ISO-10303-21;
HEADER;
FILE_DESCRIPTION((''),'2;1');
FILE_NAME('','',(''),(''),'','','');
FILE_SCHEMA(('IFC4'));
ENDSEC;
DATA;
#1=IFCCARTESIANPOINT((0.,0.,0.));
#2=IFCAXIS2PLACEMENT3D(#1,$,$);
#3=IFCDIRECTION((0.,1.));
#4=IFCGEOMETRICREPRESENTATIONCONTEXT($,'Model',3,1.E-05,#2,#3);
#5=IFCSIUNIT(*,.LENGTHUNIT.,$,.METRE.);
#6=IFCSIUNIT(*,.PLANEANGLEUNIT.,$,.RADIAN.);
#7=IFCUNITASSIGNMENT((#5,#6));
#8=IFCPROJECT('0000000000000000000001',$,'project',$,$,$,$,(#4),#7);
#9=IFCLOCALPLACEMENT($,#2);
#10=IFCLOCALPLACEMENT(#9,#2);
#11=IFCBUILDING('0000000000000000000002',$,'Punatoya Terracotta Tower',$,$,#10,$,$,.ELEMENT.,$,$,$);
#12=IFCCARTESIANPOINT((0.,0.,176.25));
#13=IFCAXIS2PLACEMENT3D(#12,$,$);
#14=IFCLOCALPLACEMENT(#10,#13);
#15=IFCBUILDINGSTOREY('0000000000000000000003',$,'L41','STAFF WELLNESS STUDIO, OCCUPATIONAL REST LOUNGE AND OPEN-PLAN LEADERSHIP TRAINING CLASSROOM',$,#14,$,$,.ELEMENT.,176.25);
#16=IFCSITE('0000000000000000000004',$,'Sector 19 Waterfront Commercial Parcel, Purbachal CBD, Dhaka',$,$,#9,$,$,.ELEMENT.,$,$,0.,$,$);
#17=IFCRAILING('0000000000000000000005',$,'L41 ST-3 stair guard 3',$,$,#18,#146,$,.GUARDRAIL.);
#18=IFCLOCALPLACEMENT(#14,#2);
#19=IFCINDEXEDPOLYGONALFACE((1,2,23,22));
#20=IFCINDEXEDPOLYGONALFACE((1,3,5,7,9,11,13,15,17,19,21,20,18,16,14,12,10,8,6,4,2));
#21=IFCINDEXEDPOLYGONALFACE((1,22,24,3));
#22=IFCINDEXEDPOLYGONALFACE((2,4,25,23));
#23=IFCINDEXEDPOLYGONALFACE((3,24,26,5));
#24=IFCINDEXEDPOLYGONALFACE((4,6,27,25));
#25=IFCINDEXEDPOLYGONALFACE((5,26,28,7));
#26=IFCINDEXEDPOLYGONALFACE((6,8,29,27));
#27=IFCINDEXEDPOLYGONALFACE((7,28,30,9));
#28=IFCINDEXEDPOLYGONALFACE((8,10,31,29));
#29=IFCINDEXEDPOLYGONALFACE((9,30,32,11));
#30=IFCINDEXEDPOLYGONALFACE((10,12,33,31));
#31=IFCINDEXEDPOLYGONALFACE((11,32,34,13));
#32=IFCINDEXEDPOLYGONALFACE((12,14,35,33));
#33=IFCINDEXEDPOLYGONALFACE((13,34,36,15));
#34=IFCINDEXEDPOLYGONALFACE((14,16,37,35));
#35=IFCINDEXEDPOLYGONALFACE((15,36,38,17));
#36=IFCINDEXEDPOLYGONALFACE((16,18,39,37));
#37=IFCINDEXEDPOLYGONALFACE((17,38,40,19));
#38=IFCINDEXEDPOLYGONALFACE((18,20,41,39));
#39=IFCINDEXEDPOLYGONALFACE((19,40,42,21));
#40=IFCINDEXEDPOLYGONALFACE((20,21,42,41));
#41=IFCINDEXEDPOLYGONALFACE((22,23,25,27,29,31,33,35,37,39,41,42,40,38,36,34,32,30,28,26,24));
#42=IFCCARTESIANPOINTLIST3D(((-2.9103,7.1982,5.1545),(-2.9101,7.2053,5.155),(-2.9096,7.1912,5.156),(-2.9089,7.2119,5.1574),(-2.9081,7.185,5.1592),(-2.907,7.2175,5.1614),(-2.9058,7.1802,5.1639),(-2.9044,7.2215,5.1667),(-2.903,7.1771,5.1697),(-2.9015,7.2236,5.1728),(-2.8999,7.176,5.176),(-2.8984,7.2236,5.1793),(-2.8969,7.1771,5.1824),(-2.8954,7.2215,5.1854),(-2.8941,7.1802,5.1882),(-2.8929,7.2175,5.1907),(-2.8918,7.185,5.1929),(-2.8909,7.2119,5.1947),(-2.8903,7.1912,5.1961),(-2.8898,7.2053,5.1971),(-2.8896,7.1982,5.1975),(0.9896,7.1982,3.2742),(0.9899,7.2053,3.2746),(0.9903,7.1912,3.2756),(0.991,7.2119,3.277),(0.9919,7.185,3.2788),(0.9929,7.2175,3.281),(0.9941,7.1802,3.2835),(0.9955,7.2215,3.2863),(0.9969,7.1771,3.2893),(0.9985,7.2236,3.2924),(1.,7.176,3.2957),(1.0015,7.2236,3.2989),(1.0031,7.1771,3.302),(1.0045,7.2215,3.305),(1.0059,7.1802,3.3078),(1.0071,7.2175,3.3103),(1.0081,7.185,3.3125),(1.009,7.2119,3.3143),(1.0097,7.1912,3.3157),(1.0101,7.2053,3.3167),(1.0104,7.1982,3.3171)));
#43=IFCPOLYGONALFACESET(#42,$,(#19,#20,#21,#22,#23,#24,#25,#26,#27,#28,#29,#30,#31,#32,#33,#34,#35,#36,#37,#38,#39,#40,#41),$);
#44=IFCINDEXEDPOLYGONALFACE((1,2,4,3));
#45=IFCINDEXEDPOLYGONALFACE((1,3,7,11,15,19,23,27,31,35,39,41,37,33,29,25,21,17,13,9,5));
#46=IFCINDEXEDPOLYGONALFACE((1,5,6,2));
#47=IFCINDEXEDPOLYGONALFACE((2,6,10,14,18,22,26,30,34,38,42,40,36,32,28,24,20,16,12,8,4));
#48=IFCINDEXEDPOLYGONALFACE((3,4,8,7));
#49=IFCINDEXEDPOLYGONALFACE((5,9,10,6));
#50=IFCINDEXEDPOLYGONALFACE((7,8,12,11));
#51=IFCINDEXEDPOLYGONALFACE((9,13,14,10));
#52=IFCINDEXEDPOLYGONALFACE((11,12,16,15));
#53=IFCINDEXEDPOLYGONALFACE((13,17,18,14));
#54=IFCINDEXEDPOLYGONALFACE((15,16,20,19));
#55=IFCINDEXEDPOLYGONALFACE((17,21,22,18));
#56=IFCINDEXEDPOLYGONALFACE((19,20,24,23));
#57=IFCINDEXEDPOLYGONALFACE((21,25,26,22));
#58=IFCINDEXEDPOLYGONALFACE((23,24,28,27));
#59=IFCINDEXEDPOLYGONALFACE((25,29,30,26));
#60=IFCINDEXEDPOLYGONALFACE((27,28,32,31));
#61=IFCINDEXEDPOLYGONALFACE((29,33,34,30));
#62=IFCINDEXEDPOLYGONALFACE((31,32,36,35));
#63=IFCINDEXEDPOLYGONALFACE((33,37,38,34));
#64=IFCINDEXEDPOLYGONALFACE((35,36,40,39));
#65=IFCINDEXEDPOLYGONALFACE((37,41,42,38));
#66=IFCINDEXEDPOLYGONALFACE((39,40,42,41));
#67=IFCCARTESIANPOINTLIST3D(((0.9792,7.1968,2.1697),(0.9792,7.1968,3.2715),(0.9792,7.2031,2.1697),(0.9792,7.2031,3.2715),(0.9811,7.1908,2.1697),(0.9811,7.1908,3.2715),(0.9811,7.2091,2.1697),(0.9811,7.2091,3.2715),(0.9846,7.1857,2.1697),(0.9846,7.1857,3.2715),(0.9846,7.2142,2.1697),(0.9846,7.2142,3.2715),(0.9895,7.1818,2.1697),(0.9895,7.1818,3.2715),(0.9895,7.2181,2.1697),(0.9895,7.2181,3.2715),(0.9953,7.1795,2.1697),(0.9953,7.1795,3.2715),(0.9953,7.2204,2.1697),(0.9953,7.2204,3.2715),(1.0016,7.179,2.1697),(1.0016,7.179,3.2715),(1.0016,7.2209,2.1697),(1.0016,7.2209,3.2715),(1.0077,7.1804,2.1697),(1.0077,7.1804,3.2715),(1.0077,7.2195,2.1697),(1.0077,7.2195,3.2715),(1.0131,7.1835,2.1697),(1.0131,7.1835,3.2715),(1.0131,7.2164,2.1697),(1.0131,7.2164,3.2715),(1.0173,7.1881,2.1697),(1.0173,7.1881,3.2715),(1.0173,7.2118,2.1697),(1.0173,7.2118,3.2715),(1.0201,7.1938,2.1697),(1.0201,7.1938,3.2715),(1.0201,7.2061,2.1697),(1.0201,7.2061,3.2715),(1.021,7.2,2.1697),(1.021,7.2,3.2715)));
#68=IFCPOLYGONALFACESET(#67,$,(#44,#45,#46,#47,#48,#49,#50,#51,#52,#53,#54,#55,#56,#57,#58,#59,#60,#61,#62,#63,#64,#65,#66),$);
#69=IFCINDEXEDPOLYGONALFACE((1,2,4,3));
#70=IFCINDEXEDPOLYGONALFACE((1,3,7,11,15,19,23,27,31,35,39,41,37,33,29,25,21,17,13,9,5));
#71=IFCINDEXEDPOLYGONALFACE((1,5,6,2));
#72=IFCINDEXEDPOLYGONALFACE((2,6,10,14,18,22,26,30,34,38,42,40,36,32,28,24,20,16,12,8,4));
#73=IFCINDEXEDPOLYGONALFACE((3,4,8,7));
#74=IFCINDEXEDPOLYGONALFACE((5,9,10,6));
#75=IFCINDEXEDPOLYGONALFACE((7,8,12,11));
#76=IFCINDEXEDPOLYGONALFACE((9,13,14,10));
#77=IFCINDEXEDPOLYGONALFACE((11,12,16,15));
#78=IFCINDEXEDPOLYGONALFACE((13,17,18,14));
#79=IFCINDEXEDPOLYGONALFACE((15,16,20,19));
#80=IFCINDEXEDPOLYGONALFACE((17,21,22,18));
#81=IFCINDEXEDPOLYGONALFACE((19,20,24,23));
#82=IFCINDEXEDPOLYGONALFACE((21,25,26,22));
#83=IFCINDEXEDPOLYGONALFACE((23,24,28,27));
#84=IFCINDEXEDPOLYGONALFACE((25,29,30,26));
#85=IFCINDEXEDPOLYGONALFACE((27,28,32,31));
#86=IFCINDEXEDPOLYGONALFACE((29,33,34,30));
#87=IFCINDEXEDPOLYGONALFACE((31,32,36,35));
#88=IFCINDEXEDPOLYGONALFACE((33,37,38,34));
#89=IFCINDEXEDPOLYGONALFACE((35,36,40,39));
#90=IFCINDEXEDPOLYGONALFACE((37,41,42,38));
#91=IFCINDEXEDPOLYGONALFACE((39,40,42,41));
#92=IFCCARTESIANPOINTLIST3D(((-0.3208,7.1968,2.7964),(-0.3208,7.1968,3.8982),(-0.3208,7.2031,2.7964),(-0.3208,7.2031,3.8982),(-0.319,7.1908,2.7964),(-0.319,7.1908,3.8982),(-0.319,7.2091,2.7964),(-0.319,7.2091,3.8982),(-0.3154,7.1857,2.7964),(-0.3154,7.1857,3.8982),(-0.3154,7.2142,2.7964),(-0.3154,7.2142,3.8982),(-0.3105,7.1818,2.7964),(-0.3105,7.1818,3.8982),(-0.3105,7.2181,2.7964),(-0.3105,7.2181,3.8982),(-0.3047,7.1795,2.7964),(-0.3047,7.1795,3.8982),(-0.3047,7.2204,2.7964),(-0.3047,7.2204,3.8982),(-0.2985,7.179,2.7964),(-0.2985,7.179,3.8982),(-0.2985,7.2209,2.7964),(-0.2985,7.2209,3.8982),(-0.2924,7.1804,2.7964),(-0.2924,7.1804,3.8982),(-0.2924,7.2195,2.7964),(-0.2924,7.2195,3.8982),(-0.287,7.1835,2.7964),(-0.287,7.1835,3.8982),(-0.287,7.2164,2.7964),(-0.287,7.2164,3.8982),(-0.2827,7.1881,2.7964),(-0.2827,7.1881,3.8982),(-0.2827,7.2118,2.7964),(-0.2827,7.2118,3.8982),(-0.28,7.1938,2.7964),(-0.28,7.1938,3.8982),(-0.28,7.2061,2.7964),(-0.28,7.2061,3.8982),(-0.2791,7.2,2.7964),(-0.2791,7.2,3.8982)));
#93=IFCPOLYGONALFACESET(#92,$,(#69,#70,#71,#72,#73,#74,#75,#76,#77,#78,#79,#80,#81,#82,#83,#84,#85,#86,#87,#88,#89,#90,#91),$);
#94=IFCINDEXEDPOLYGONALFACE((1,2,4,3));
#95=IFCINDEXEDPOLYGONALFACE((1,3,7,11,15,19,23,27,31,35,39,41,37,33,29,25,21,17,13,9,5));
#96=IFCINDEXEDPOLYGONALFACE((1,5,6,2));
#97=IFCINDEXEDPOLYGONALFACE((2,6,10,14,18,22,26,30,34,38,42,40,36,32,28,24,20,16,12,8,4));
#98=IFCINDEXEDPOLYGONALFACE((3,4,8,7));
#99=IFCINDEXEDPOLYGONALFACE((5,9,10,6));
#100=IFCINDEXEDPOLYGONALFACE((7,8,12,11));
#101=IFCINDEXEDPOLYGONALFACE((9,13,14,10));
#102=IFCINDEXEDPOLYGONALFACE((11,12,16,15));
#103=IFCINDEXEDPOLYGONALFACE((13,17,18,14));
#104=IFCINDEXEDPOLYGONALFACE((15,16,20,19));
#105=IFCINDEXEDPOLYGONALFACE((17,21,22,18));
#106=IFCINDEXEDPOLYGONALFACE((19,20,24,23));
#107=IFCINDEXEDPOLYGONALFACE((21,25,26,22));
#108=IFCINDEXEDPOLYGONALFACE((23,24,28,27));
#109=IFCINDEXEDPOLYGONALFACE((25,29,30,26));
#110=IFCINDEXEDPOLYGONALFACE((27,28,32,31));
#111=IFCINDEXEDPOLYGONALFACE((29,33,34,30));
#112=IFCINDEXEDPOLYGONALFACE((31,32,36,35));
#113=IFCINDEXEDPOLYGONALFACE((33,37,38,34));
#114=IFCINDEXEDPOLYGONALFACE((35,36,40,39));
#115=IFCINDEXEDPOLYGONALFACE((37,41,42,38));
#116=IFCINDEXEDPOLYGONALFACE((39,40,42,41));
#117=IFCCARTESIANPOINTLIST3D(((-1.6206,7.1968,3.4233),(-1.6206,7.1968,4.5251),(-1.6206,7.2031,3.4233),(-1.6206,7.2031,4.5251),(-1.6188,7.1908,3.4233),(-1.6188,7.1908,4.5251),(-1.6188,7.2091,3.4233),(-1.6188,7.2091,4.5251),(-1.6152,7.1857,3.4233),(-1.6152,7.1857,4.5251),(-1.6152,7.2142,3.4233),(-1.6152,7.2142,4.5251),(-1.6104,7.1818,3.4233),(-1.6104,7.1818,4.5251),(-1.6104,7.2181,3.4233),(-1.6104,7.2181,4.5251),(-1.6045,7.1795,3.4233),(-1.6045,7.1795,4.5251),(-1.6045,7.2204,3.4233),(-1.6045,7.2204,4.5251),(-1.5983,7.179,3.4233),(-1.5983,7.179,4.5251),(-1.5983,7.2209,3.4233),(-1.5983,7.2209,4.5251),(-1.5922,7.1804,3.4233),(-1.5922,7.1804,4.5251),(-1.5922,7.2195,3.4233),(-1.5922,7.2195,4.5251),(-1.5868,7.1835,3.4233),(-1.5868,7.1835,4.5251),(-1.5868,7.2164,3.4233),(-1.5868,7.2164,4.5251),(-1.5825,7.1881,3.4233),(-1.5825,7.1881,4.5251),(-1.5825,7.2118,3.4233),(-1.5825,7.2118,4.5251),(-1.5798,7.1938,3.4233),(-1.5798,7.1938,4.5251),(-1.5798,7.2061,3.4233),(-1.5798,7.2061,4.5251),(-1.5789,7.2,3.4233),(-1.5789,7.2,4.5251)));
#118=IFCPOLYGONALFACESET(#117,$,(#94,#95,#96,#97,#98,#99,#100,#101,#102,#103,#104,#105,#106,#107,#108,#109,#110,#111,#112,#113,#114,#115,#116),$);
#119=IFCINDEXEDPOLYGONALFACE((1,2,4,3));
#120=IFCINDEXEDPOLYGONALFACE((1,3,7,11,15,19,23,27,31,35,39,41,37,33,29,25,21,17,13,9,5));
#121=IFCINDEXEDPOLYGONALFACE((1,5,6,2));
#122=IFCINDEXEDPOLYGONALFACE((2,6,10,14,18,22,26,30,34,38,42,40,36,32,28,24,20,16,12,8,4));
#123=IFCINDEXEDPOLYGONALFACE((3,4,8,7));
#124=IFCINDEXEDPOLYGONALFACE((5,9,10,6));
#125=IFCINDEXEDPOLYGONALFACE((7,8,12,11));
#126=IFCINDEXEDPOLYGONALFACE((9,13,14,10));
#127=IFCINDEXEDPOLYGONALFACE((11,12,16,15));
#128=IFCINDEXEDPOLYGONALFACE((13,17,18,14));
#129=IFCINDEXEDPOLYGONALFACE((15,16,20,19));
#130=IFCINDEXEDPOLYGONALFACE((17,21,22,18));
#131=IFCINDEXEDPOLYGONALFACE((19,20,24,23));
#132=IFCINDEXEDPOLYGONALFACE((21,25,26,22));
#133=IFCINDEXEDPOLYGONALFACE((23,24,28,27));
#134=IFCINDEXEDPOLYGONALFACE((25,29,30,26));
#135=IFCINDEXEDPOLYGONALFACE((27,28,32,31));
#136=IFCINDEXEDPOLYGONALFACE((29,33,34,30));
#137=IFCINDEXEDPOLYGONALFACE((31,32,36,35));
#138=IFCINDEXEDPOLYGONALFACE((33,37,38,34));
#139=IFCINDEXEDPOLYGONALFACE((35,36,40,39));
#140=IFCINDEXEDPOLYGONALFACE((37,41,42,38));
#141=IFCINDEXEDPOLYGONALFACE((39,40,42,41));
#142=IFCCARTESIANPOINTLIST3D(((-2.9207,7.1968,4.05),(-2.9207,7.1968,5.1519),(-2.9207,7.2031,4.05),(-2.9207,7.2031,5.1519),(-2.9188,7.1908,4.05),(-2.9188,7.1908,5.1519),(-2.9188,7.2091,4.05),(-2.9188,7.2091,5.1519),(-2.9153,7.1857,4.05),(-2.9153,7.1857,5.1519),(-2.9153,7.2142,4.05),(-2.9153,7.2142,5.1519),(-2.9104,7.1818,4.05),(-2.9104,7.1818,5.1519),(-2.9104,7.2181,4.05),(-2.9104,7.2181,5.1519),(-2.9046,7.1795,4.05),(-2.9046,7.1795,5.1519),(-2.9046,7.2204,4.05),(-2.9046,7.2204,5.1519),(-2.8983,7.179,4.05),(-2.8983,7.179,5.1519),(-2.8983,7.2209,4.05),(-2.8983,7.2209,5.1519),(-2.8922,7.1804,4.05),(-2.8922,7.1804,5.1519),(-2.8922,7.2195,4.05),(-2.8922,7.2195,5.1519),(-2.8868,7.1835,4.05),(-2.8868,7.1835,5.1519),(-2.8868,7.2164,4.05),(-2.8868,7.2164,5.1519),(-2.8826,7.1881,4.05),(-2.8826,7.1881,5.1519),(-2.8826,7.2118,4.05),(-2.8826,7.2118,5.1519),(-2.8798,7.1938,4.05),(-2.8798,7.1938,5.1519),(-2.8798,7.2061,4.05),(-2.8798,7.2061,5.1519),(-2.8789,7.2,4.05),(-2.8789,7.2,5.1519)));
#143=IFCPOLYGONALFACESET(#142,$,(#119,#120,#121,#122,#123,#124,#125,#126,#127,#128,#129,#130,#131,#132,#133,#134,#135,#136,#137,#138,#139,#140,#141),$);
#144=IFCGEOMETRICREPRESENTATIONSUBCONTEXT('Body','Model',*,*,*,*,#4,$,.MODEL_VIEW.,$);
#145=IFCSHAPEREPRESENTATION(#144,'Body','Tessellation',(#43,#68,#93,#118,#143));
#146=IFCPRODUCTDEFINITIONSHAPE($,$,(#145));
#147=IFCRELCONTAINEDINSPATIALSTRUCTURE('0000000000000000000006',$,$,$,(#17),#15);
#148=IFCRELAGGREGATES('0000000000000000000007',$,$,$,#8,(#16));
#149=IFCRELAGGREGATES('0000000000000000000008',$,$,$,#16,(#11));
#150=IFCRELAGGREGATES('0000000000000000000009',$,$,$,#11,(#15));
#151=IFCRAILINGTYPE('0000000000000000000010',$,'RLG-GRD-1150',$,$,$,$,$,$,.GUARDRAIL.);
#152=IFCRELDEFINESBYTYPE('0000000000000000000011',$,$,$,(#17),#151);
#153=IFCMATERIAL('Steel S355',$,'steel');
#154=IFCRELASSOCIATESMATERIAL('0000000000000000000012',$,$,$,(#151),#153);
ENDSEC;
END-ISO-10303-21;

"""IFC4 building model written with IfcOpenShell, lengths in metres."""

from ifc_helpers import new_model, si_unit, direction, frame, origin, origin_2d, place, context, subcontext, project, spatial, circle, extrude, material, type_object, element, save


model = new_model("IFC4")

# Units and contexts
model_context = context("Model", 3, precision=1e-05, world=origin(), true_north=direction((0.0, 1.0)))
body_context = subcontext(model_context, "Body", "Model", "MODEL_VIEW")
ifc_project = project(units=[si_unit("LENGTHUNIT", "METRE"), si_unit("PLANEANGLEUNIT", "RADIAN")], contexts=[model_context])

# Site, building, storey
site_placement = place(None, origin())
site = spatial("IfcSite", under=ifc_project, at=site_placement, Name="Sector 19 Waterfront Commercial Parcel, Purbachal CBD, Dhaka", CompositionType="ELEMENT", RefElevation=0.0)
building_placement = place(site_placement, origin())
building = spatial("IfcBuilding", under=site, at=building_placement, Name="Punatoya Terracotta Tower", CompositionType="ELEMENT")
storey_placement = place(building_placement, frame((0.0, 0.0, 176.25)))
storey = spatial("IfcBuildingStorey", under=building, at=storey_placement, Name="L41", Description="STAFF WELLNESS STUDIO, OCCUPATIONAL REST LOUNGE AND OPEN-PLAN LEADERSHIP TRAINING CLASSROOM", CompositionType="ELEMENT", Elevation=176.25)

# Shared definitions
ifc_material_1 = material(Name="Steel S355", Category="steel")

# Railing
railing_type_1 = type_object("IfcRailingType", Name="RLG-GRD-1150", PredefinedType="GUARDRAIL", material=ifc_material_1)
railing_1_placement = place(storey_placement, frame((1.0, 7.2, 2.1697)))
element("IfcRailing", 1, at=railing_1_placement, inside=storey, type_object=railing_type_1, Name="L41 ST-3 stair guard 3", PredefinedType="GUARDRAIL", context=body_context, shape_type="SweptSolid", body=[
    extrude(circle(Radius=0.0239, at=origin_2d()), frame((0.0, 0.0, 1.126), z_axis=(-0.900763, 0.0, 0.434311), x_axis=(0.0, -1.0, 0.0)), (0.0, 0.0, 1.0), 4.3296),
    extrude(circle(Radius=0.021, at=origin_2d()), origin(), (0.0, 0.0, 1.0), 1.1018),
    extrude(circle(Radius=0.021, at=origin_2d()), frame((-1.3, 0.0, 0.6267)), (0.0, 0.0, 1.0), 1.1018),
    extrude(circle(Radius=0.021, at=origin_2d()), frame((-2.5999, 0.0, 1.2537)), (0.0, 0.0, 1.0), 1.1018),
    extrude(circle(Radius=0.021, at=origin_2d()), frame((-3.8999, 0.0, 1.8804)), (0.0, 0.0, 1.0), 1.1018),
])

save(model, "model.ifc")
